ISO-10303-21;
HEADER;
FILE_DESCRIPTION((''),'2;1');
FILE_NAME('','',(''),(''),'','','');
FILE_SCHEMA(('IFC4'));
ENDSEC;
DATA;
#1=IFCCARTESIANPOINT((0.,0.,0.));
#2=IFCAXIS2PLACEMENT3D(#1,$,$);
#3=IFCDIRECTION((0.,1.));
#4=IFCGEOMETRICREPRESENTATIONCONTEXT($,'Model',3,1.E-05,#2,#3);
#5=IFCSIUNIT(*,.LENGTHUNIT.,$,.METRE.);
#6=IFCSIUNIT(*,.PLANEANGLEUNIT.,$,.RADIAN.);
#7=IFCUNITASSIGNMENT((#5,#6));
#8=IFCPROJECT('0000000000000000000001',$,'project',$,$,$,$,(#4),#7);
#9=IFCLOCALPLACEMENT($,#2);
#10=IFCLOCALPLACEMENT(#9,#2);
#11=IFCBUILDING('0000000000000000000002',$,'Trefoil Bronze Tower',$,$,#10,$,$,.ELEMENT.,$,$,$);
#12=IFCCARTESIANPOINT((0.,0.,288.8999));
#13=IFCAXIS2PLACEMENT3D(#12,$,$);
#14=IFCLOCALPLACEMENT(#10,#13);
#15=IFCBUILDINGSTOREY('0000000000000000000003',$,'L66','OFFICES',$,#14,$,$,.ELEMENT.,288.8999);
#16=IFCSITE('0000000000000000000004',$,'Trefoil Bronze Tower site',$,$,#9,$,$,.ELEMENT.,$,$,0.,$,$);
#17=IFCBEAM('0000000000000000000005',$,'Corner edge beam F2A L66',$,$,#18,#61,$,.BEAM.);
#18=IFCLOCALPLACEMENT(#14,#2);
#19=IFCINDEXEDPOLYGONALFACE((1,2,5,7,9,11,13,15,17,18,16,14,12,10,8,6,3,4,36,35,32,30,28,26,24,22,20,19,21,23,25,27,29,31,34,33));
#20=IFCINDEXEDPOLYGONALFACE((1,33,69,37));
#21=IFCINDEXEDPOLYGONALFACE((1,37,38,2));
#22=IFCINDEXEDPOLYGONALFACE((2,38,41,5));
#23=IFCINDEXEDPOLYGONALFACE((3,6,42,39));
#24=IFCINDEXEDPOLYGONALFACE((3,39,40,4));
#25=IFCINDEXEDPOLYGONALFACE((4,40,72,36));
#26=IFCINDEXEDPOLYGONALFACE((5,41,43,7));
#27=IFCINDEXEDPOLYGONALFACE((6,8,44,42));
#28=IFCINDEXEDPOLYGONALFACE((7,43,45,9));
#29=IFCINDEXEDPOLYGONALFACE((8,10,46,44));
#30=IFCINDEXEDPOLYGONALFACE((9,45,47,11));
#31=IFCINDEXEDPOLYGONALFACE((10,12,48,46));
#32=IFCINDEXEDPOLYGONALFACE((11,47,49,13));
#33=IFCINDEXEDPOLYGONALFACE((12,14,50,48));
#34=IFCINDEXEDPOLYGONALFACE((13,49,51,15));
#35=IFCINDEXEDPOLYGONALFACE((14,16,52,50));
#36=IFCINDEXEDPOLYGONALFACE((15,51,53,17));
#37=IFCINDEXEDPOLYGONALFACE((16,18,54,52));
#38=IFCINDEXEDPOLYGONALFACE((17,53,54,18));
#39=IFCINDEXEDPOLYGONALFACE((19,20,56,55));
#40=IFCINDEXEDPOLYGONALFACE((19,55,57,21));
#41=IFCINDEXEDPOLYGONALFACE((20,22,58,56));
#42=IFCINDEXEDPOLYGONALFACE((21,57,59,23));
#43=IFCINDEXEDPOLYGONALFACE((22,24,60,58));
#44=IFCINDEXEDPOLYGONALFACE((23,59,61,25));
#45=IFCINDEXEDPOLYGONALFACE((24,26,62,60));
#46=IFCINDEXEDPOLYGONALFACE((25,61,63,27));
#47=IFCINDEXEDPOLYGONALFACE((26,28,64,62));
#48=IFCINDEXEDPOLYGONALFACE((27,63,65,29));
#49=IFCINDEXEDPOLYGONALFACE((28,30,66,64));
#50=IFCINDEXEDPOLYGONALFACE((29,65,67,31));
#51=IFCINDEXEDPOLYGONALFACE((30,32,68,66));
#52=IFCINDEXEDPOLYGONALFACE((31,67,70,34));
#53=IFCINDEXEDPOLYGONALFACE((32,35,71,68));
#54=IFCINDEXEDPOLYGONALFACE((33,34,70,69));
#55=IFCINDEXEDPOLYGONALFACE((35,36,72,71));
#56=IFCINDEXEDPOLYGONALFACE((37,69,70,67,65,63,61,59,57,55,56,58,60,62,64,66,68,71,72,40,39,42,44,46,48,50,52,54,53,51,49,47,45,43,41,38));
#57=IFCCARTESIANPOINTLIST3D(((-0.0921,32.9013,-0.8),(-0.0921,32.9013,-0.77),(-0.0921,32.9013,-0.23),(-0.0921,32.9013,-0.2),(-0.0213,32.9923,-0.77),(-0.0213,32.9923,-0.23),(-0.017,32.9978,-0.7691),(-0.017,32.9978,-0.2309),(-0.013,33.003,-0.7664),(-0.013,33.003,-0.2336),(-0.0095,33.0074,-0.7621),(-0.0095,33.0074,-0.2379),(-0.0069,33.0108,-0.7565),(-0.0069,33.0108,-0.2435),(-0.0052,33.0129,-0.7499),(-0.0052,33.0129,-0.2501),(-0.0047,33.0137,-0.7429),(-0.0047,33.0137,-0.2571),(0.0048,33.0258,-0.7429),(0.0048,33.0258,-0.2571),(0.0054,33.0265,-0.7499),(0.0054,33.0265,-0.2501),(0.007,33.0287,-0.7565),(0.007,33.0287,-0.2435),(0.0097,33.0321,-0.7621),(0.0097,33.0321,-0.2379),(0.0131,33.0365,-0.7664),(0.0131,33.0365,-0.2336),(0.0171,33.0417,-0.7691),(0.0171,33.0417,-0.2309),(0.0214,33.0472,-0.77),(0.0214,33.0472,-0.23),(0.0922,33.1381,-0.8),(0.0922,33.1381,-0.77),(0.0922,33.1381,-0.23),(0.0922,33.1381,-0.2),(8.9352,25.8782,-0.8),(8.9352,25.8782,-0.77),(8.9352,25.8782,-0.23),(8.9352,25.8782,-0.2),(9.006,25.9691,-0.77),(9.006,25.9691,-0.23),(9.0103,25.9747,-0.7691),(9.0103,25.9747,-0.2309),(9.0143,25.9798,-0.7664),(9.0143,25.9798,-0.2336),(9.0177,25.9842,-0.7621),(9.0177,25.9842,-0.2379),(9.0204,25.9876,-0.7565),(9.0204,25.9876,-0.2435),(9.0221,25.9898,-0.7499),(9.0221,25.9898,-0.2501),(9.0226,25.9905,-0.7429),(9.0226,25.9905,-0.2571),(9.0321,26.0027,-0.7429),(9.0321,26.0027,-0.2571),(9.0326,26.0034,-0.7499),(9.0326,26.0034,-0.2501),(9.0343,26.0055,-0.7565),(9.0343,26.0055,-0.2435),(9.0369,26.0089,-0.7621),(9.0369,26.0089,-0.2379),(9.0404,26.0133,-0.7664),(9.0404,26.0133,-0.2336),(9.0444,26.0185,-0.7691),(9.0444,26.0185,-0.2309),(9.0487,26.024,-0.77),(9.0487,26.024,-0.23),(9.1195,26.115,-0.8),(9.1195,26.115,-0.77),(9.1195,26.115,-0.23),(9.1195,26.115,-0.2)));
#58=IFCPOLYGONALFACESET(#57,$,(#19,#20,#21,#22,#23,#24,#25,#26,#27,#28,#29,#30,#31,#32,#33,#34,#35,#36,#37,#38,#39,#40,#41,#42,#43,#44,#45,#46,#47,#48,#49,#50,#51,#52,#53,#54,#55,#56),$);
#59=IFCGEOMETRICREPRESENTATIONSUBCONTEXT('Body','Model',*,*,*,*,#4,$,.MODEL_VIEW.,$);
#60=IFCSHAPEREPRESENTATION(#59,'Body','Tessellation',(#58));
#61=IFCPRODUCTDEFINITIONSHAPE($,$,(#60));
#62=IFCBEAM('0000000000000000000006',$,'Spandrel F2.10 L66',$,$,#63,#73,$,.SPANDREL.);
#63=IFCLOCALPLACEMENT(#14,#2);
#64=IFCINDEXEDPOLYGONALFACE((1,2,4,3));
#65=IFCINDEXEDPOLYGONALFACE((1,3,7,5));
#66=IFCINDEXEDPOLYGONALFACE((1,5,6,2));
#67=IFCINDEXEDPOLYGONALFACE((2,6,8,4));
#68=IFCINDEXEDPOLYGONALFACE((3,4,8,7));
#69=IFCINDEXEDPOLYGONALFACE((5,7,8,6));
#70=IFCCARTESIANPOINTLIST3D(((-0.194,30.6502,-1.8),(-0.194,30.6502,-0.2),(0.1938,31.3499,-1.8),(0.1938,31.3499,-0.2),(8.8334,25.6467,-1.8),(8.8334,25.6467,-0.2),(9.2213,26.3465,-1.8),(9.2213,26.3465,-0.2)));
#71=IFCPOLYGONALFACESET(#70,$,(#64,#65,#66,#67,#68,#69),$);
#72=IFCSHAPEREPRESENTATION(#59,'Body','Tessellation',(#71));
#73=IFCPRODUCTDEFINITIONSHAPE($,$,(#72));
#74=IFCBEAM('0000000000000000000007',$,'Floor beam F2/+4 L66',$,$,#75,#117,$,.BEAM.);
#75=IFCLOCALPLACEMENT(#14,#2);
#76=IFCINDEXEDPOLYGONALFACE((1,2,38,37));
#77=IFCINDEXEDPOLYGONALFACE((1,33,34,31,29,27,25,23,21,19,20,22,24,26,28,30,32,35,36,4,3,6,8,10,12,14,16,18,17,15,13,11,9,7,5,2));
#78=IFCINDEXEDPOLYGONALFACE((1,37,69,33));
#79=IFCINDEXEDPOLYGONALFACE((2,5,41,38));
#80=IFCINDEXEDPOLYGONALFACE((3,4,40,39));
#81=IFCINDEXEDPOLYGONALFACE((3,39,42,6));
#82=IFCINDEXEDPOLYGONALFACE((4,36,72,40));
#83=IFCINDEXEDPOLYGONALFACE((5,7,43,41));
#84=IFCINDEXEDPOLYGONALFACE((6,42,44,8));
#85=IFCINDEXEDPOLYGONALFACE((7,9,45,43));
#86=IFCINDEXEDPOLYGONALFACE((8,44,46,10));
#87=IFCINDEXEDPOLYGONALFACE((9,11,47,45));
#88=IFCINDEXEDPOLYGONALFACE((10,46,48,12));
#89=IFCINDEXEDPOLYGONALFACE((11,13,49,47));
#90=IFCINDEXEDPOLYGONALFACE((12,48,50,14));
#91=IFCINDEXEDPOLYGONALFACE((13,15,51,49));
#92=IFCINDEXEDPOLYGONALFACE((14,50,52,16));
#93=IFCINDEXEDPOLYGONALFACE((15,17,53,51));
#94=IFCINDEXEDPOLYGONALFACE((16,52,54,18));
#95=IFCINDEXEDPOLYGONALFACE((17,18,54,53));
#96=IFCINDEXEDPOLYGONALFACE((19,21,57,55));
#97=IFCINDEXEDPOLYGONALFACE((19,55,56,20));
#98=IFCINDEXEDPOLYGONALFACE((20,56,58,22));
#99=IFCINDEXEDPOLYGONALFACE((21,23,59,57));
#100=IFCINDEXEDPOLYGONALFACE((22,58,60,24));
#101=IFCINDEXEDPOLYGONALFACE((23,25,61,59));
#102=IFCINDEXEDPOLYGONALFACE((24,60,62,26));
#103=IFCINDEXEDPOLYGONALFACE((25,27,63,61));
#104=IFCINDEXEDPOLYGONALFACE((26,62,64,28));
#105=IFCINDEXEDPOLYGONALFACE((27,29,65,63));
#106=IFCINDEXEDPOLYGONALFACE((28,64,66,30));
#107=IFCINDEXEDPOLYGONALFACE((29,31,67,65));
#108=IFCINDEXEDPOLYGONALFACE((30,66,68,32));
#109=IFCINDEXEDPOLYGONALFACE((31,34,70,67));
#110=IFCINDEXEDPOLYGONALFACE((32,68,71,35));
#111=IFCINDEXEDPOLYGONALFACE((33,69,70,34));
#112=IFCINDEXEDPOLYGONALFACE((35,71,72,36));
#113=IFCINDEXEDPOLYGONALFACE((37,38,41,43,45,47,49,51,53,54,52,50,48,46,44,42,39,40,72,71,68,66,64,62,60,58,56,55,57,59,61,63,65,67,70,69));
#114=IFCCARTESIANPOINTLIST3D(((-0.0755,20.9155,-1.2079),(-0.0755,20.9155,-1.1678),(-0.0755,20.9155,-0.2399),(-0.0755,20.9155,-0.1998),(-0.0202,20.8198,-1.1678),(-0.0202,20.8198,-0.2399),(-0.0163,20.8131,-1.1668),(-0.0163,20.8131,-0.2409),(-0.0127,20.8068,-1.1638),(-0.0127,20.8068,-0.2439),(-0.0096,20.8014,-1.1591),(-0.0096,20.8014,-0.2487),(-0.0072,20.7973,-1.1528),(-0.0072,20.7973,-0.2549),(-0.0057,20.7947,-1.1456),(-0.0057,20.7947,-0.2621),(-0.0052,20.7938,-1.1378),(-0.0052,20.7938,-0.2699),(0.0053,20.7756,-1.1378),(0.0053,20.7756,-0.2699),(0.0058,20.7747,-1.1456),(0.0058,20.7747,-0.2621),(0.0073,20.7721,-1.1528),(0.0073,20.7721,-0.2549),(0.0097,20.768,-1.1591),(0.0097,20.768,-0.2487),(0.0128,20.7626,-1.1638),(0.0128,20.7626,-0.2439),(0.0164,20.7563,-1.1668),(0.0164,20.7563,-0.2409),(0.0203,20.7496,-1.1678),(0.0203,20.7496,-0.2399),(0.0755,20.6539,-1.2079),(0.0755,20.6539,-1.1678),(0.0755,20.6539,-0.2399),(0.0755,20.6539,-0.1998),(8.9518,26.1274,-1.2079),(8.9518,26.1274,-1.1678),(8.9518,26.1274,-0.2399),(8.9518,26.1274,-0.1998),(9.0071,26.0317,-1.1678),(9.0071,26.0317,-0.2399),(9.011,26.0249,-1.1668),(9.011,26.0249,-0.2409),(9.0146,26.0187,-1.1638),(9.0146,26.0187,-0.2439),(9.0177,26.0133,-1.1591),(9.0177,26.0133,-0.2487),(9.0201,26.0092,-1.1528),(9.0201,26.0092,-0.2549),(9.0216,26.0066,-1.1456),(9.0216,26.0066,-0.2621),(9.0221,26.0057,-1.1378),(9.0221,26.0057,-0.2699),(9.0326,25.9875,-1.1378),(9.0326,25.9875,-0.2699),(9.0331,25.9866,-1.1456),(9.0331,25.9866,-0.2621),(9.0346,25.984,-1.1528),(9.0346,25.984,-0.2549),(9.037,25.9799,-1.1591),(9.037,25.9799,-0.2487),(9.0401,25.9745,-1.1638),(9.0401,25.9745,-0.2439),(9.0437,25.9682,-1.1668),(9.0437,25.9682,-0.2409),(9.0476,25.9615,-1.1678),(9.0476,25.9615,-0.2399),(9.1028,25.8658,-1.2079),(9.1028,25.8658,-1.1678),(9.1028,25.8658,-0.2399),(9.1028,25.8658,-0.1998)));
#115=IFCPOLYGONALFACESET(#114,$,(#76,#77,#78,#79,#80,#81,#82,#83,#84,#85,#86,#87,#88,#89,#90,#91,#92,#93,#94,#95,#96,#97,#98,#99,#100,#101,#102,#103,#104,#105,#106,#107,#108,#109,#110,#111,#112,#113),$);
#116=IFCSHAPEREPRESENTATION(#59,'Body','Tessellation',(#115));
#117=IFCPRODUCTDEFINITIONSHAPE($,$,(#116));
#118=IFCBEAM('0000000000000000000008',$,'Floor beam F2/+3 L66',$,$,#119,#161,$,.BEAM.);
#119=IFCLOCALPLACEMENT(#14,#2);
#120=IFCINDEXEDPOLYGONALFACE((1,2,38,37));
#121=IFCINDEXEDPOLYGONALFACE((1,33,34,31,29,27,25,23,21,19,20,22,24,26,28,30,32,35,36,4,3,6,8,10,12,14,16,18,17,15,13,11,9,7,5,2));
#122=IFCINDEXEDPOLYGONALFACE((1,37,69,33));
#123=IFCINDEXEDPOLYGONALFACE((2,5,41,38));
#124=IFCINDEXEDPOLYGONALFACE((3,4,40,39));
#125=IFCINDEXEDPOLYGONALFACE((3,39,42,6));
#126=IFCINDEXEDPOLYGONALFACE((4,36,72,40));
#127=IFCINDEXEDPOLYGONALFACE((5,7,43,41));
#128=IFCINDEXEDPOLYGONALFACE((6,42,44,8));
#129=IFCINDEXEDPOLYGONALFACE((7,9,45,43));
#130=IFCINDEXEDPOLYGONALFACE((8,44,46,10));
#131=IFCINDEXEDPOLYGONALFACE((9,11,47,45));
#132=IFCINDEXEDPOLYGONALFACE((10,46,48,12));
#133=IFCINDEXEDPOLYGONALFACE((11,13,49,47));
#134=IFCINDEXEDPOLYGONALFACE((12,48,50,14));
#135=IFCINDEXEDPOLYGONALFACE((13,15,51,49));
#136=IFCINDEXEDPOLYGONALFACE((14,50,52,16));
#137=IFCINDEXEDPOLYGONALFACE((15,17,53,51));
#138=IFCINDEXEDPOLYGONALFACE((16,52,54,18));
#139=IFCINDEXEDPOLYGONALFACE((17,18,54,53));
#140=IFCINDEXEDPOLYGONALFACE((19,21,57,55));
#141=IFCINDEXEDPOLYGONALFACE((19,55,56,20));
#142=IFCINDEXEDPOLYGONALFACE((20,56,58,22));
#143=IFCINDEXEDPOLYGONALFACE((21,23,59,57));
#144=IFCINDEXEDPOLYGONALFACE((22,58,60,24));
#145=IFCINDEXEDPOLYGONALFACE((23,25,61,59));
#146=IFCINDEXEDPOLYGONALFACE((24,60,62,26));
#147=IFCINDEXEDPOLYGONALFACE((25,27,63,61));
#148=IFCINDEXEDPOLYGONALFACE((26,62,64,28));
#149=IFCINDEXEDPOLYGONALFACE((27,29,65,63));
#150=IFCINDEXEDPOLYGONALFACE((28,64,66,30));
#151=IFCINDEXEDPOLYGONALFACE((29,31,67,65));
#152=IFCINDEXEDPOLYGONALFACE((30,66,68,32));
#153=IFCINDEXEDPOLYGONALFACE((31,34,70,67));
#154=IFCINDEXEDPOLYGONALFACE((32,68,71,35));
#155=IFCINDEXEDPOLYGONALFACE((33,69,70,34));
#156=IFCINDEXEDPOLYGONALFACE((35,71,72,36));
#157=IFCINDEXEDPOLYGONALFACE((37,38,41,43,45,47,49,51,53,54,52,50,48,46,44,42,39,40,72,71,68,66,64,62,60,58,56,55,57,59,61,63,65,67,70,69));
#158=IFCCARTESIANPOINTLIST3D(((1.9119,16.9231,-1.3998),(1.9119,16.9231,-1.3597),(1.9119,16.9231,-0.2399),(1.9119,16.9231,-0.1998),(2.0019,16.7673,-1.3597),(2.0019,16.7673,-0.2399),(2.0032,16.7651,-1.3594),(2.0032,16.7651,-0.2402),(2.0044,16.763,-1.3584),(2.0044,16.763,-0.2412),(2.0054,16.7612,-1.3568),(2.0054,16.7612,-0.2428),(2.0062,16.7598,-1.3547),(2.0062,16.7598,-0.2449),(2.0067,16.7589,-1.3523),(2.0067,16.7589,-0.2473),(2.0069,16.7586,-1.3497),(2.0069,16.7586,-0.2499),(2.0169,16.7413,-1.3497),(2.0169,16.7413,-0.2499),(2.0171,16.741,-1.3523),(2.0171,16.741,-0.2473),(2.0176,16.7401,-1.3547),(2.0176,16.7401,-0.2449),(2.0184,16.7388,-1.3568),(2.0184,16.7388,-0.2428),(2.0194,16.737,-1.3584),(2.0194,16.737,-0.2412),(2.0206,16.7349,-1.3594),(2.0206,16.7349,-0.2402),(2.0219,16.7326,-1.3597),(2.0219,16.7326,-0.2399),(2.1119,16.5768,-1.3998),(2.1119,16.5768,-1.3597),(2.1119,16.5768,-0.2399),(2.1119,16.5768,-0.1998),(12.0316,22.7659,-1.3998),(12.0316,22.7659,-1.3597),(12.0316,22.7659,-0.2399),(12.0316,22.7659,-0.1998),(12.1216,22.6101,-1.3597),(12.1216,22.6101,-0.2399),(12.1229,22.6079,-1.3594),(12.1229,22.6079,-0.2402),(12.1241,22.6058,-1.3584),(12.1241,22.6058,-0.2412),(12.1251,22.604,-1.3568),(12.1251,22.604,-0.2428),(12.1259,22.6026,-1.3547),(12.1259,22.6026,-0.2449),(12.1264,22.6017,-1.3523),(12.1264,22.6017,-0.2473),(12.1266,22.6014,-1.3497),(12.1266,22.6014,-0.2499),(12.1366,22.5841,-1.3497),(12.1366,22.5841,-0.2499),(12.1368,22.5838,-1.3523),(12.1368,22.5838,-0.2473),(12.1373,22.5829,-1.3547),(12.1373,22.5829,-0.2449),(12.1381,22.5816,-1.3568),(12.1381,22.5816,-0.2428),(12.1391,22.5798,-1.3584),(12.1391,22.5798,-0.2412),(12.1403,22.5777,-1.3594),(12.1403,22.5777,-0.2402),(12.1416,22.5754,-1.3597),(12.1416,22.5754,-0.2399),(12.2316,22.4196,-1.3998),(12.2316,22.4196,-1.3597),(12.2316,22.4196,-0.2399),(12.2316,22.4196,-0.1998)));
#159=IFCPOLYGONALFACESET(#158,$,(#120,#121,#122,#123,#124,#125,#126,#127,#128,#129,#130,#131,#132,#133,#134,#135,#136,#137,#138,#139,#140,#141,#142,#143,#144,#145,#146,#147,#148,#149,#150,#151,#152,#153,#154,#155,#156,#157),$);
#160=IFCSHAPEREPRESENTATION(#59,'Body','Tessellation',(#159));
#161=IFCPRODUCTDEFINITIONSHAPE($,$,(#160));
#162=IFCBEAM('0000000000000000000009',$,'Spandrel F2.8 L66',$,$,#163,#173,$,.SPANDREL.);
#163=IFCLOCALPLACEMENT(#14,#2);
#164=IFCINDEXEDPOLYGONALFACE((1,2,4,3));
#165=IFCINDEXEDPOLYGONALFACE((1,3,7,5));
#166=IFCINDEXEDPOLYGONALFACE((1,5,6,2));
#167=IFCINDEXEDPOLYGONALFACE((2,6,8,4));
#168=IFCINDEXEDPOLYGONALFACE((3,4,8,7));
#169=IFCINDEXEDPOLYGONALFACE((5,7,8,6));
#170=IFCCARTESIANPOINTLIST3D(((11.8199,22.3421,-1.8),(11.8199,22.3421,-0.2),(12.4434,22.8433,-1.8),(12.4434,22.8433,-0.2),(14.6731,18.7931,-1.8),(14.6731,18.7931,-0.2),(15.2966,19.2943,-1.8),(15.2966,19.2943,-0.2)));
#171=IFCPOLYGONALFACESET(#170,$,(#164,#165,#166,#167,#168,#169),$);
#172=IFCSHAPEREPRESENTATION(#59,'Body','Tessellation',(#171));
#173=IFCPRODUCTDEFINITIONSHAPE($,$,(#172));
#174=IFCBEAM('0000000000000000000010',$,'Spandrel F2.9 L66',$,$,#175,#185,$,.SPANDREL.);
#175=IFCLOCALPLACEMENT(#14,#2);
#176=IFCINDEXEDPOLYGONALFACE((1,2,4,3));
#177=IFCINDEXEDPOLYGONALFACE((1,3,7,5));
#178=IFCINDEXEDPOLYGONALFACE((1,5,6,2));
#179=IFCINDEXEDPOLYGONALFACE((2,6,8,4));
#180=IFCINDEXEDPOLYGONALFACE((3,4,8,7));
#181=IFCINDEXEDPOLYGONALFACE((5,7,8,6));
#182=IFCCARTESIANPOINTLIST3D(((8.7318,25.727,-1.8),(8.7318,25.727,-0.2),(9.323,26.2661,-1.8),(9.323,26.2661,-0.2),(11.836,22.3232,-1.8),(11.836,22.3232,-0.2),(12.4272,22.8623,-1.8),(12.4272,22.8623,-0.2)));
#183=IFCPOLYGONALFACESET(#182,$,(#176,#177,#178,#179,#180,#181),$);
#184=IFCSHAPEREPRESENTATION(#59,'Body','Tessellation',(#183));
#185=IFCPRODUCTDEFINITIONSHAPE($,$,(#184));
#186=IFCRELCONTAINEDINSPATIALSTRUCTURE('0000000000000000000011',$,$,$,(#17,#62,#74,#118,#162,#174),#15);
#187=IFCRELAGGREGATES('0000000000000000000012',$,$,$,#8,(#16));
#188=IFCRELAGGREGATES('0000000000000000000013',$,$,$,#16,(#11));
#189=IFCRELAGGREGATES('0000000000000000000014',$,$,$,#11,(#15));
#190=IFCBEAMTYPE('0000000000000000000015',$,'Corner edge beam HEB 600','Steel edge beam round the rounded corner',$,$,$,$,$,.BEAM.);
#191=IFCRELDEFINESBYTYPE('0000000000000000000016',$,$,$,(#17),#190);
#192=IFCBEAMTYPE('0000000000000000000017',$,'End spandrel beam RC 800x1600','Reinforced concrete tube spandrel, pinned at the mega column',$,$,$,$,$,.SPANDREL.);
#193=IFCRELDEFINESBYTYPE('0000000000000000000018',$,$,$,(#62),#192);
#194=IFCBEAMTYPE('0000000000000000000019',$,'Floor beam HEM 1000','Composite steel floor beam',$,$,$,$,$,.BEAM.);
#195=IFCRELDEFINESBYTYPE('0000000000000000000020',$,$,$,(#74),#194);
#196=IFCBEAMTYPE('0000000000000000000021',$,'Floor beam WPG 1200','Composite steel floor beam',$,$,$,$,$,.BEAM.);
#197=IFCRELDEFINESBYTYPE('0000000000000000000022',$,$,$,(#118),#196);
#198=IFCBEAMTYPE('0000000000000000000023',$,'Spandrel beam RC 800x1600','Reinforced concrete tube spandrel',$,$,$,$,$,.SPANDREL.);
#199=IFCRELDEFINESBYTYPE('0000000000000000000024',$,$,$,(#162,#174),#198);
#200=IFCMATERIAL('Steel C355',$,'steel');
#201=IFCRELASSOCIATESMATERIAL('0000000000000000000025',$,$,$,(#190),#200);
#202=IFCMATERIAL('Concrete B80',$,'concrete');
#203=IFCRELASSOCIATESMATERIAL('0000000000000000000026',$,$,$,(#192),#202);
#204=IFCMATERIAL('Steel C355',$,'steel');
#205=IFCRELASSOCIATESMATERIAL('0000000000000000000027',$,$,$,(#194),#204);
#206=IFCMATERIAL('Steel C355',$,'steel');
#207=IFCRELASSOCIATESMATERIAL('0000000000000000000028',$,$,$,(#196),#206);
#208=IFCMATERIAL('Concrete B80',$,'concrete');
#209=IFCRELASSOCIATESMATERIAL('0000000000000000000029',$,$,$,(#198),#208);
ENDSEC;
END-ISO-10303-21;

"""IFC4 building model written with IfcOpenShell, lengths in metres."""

from ifc_helpers import new_model, si_unit, direction, frame, origin, origin_2d, place, context, subcontext, project, spatial, rectangle, i_section, extrude, material, material_profile, profile_set, type_object, element, save


model = new_model("IFC4")

# Units and contexts
model_context = context("Model", 3, precision=1e-05, world=origin(), true_north=direction((0.0, 1.0)))
body_context = subcontext(model_context, "Body", "Model", "MODEL_VIEW")
ifc_project = project(units=[si_unit("LENGTHUNIT", "METRE"), si_unit("PLANEANGLEUNIT", "RADIAN")], contexts=[model_context])

# Site, building, storey
site_placement = place(None, origin())
site = spatial("IfcSite", under=ifc_project, at=site_placement, Name="Trefoil Bronze Tower site", CompositionType="ELEMENT", RefElevation=0.0)
building_placement = place(site_placement, origin())
building = spatial("IfcBuilding", under=site, at=building_placement, Name="Trefoil Bronze Tower", CompositionType="ELEMENT")
storey_placement = place(building_placement, frame((0.0, 0.0, 288.8999)))
storey = spatial("IfcBuildingStorey", under=building, at=storey_placement, Name="L66", Description="OFFICES", CompositionType="ELEMENT", Elevation=288.8999)

# Beams
ifc_material_1 = material(Name="Steel C355", Category="steel")
ifc_material_profile_1 = material_profile(ifc_material_1, i_section(OverallWidth=0.3, OverallDepth=0.6001, WebThickness=0.0154, FlangeThickness=0.03, FilletRadius=0.0271, at=origin_2d()), Name="HEB 600")
ifc_profile_set_1 = profile_set([ifc_material_profile_1], Name="Steel C355")
beam_type_1 = type_object("IfcBeamType", Name="Corner edge beam HEB 600", Description="Steel edge beam round the rounded corner", PredefinedType="BEAM", material=ifc_profile_set_1)
beam_1_placement = place(storey_placement, frame((9.0273, 25.9966, -0.5), z_axis=(-0.789271, 0.614046, 0.0), x_axis=(-0.614046, -0.789271, 0.0)))
element("IfcBeam", 1, at=beam_1_placement, inside=storey, type_object=beam_type_1, Name="Corner edge beam F2A L66", PredefinedType="BEAM", context=body_context, shape_type="SweptSolid", body=[
    extrude(i_section(OverallWidth=0.3, OverallDepth=0.6001, WebThickness=0.0154, FlangeThickness=0.03, FilletRadius=0.0271, at=origin_2d()), origin(), (0.0, 0.0, 1.0), 11.4375),
])
ifc_material_2 = material(Name="Concrete B80", Category="concrete")
ifc_material_profile_2 = material_profile(ifc_material_2, rectangle(XDim=0.8, YDim=1.6001, at=origin_2d()), Name="RC 800x1600")
ifc_profile_set_2 = profile_set([ifc_material_profile_2], Name="Concrete B80")
beam_type_2 = type_object("IfcBeamType", Name="End spandrel beam RC 800x1600", Description="Reinforced concrete tube spandrel, pinned at the mega column", PredefinedType="SPANDREL", material=ifc_profile_set_2)
beam_2_placement = place(storey_placement, frame((9.0273, 25.9966, -1.0), z_axis=(-0.874641, 0.484771, 0.0), x_axis=(-0.484771, -0.874641, 0.0)))
element("IfcBeam", 2, at=beam_2_placement, inside=storey, type_object=beam_type_2, Name="Spandrel F2.10 L66", PredefinedType="SPANDREL", context=body_context, shape_type="SweptSolid", body=[
    extrude(rectangle(XDim=0.8, YDim=1.6001, at=origin_2d()), origin(), (0.0, 0.0, 1.0), 10.3213),
])
ifc_material_3 = material(Name="Steel C355", Category="steel")
ifc_material_profile_3 = material_profile(ifc_material_3, i_section(OverallWidth=0.302, OverallDepth=1.0081, WebThickness=0.021, FlangeThickness=0.04, FilletRadius=0.03, at=origin_2d()), Name="HEM 1000")
ifc_profile_set_3 = profile_set([ifc_material_profile_3], Name="Steel C355")
beam_type_3 = type_object("IfcBeamType", Name="Floor beam HEM 1000", Description="Composite steel floor beam", PredefinedType="BEAM", material=ifc_profile_set_3)
beam_3_placement = place(storey_placement, frame((9.0273, 25.9966, -0.7039), z_axis=(-0.866026, -0.499998, 0.0), x_axis=(0.499998, -0.866026, 0.0)))
element("IfcBeam", 3, at=beam_3_placement, inside=storey, type_object=beam_type_3, Name="Floor beam F2/+4 L66", PredefinedType="BEAM", context=body_context, shape_type="SweptSolid", body=[
    extrude(i_section(OverallWidth=0.302, OverallDepth=1.0081, WebThickness=0.021, FlangeThickness=0.04, FilletRadius=0.03, at=origin_2d()), origin(), (0.0, 0.0, 1.0), 10.4238),
])
ifc_material_4 = material(Name="Steel C355", Category="steel")
ifc_material_profile_4 = material_profile(ifc_material_4, i_section(OverallWidth=0.3999, OverallDepth=1.2, WebThickness=0.02, FlangeThickness=0.04, FilletRadius=0.01, at=origin_2d()), Name="WPG 1200")
ifc_profile_set_4 = profile_set([ifc_material_profile_4], Name="Steel C355")
beam_type_4 = type_object("IfcBeamType", Name="Floor beam WPG 1200", Description="Composite steel floor beam", PredefinedType="BEAM", material=ifc_profile_set_4)
beam_4_placement = place(storey_placement, frame((12.1316, 22.5928, -0.7998), z_axis=(-0.866018, -0.500013, 0.0), x_axis=(0.500013, -0.866018, 0.0)))
element("IfcBeam", 4, at=beam_4_placement, inside=storey, type_object=beam_type_4, Name="Floor beam F2/+3 L66", PredefinedType="BEAM", context=body_context, shape_type="SweptSolid", body=[
    extrude(i_section(OverallWidth=0.3999, OverallDepth=1.2, WebThickness=0.02, FlangeThickness=0.04, FilletRadius=0.01, at=origin_2d()), origin(), (0.0, 0.0, 1.0), 11.6853),
])
ifc_material_5 = material(Name="Concrete B80", Category="concrete")
ifc_material_profile_5 = material_profile(ifc_material_5, rectangle(XDim=0.8, YDim=1.6001, at=origin_2d()), Name="RC 800x1600")
ifc_profile_set_5 = profile_set([ifc_material_profile_5], Name="Concrete B80")
beam_type_5 = type_object("IfcBeamType", Name="Spandrel beam RC 800x1600", Description="Reinforced concrete tube spandrel", PredefinedType="SPANDREL", material=ifc_profile_set_5)
beam_5_placement = place(storey_placement, frame((14.9849, 19.0437, -1.0), z_axis=(-0.62657, 0.779365, 0.0), x_axis=(-0.779365, -0.62657, 0.0)))
element("IfcBeam", 5, at=beam_5_placement, inside=storey, type_object=beam_type_5, Name="Spandrel F2.8 L66", PredefinedType="SPANDREL", context=body_context, shape_type="SweptSolid", body=[
    extrude(rectangle(XDim=0.8, YDim=1.6001, at=origin_2d()), origin(), (0.0, 0.0, 1.0), 4.5537),
])
beam_6_placement = place(storey_placement, frame((12.1316, 22.5928, -1.0), z_axis=(-0.673846, 0.738872, 0.0), x_axis=(-0.738872, -0.673846, 0.0)))
element("IfcBeam", 6, at=beam_6_placement, inside=storey, type_object=beam_type_5, Name="Spandrel F2.9 L66", PredefinedType="SPANDREL", context=body_context, shape_type="SweptSolid", body=[
    extrude(rectangle(XDim=0.8, YDim=1.6001, at=origin_2d()), origin(), (0.0, 0.0, 1.0), 4.6067),
])

save(model, "model.ifc")
